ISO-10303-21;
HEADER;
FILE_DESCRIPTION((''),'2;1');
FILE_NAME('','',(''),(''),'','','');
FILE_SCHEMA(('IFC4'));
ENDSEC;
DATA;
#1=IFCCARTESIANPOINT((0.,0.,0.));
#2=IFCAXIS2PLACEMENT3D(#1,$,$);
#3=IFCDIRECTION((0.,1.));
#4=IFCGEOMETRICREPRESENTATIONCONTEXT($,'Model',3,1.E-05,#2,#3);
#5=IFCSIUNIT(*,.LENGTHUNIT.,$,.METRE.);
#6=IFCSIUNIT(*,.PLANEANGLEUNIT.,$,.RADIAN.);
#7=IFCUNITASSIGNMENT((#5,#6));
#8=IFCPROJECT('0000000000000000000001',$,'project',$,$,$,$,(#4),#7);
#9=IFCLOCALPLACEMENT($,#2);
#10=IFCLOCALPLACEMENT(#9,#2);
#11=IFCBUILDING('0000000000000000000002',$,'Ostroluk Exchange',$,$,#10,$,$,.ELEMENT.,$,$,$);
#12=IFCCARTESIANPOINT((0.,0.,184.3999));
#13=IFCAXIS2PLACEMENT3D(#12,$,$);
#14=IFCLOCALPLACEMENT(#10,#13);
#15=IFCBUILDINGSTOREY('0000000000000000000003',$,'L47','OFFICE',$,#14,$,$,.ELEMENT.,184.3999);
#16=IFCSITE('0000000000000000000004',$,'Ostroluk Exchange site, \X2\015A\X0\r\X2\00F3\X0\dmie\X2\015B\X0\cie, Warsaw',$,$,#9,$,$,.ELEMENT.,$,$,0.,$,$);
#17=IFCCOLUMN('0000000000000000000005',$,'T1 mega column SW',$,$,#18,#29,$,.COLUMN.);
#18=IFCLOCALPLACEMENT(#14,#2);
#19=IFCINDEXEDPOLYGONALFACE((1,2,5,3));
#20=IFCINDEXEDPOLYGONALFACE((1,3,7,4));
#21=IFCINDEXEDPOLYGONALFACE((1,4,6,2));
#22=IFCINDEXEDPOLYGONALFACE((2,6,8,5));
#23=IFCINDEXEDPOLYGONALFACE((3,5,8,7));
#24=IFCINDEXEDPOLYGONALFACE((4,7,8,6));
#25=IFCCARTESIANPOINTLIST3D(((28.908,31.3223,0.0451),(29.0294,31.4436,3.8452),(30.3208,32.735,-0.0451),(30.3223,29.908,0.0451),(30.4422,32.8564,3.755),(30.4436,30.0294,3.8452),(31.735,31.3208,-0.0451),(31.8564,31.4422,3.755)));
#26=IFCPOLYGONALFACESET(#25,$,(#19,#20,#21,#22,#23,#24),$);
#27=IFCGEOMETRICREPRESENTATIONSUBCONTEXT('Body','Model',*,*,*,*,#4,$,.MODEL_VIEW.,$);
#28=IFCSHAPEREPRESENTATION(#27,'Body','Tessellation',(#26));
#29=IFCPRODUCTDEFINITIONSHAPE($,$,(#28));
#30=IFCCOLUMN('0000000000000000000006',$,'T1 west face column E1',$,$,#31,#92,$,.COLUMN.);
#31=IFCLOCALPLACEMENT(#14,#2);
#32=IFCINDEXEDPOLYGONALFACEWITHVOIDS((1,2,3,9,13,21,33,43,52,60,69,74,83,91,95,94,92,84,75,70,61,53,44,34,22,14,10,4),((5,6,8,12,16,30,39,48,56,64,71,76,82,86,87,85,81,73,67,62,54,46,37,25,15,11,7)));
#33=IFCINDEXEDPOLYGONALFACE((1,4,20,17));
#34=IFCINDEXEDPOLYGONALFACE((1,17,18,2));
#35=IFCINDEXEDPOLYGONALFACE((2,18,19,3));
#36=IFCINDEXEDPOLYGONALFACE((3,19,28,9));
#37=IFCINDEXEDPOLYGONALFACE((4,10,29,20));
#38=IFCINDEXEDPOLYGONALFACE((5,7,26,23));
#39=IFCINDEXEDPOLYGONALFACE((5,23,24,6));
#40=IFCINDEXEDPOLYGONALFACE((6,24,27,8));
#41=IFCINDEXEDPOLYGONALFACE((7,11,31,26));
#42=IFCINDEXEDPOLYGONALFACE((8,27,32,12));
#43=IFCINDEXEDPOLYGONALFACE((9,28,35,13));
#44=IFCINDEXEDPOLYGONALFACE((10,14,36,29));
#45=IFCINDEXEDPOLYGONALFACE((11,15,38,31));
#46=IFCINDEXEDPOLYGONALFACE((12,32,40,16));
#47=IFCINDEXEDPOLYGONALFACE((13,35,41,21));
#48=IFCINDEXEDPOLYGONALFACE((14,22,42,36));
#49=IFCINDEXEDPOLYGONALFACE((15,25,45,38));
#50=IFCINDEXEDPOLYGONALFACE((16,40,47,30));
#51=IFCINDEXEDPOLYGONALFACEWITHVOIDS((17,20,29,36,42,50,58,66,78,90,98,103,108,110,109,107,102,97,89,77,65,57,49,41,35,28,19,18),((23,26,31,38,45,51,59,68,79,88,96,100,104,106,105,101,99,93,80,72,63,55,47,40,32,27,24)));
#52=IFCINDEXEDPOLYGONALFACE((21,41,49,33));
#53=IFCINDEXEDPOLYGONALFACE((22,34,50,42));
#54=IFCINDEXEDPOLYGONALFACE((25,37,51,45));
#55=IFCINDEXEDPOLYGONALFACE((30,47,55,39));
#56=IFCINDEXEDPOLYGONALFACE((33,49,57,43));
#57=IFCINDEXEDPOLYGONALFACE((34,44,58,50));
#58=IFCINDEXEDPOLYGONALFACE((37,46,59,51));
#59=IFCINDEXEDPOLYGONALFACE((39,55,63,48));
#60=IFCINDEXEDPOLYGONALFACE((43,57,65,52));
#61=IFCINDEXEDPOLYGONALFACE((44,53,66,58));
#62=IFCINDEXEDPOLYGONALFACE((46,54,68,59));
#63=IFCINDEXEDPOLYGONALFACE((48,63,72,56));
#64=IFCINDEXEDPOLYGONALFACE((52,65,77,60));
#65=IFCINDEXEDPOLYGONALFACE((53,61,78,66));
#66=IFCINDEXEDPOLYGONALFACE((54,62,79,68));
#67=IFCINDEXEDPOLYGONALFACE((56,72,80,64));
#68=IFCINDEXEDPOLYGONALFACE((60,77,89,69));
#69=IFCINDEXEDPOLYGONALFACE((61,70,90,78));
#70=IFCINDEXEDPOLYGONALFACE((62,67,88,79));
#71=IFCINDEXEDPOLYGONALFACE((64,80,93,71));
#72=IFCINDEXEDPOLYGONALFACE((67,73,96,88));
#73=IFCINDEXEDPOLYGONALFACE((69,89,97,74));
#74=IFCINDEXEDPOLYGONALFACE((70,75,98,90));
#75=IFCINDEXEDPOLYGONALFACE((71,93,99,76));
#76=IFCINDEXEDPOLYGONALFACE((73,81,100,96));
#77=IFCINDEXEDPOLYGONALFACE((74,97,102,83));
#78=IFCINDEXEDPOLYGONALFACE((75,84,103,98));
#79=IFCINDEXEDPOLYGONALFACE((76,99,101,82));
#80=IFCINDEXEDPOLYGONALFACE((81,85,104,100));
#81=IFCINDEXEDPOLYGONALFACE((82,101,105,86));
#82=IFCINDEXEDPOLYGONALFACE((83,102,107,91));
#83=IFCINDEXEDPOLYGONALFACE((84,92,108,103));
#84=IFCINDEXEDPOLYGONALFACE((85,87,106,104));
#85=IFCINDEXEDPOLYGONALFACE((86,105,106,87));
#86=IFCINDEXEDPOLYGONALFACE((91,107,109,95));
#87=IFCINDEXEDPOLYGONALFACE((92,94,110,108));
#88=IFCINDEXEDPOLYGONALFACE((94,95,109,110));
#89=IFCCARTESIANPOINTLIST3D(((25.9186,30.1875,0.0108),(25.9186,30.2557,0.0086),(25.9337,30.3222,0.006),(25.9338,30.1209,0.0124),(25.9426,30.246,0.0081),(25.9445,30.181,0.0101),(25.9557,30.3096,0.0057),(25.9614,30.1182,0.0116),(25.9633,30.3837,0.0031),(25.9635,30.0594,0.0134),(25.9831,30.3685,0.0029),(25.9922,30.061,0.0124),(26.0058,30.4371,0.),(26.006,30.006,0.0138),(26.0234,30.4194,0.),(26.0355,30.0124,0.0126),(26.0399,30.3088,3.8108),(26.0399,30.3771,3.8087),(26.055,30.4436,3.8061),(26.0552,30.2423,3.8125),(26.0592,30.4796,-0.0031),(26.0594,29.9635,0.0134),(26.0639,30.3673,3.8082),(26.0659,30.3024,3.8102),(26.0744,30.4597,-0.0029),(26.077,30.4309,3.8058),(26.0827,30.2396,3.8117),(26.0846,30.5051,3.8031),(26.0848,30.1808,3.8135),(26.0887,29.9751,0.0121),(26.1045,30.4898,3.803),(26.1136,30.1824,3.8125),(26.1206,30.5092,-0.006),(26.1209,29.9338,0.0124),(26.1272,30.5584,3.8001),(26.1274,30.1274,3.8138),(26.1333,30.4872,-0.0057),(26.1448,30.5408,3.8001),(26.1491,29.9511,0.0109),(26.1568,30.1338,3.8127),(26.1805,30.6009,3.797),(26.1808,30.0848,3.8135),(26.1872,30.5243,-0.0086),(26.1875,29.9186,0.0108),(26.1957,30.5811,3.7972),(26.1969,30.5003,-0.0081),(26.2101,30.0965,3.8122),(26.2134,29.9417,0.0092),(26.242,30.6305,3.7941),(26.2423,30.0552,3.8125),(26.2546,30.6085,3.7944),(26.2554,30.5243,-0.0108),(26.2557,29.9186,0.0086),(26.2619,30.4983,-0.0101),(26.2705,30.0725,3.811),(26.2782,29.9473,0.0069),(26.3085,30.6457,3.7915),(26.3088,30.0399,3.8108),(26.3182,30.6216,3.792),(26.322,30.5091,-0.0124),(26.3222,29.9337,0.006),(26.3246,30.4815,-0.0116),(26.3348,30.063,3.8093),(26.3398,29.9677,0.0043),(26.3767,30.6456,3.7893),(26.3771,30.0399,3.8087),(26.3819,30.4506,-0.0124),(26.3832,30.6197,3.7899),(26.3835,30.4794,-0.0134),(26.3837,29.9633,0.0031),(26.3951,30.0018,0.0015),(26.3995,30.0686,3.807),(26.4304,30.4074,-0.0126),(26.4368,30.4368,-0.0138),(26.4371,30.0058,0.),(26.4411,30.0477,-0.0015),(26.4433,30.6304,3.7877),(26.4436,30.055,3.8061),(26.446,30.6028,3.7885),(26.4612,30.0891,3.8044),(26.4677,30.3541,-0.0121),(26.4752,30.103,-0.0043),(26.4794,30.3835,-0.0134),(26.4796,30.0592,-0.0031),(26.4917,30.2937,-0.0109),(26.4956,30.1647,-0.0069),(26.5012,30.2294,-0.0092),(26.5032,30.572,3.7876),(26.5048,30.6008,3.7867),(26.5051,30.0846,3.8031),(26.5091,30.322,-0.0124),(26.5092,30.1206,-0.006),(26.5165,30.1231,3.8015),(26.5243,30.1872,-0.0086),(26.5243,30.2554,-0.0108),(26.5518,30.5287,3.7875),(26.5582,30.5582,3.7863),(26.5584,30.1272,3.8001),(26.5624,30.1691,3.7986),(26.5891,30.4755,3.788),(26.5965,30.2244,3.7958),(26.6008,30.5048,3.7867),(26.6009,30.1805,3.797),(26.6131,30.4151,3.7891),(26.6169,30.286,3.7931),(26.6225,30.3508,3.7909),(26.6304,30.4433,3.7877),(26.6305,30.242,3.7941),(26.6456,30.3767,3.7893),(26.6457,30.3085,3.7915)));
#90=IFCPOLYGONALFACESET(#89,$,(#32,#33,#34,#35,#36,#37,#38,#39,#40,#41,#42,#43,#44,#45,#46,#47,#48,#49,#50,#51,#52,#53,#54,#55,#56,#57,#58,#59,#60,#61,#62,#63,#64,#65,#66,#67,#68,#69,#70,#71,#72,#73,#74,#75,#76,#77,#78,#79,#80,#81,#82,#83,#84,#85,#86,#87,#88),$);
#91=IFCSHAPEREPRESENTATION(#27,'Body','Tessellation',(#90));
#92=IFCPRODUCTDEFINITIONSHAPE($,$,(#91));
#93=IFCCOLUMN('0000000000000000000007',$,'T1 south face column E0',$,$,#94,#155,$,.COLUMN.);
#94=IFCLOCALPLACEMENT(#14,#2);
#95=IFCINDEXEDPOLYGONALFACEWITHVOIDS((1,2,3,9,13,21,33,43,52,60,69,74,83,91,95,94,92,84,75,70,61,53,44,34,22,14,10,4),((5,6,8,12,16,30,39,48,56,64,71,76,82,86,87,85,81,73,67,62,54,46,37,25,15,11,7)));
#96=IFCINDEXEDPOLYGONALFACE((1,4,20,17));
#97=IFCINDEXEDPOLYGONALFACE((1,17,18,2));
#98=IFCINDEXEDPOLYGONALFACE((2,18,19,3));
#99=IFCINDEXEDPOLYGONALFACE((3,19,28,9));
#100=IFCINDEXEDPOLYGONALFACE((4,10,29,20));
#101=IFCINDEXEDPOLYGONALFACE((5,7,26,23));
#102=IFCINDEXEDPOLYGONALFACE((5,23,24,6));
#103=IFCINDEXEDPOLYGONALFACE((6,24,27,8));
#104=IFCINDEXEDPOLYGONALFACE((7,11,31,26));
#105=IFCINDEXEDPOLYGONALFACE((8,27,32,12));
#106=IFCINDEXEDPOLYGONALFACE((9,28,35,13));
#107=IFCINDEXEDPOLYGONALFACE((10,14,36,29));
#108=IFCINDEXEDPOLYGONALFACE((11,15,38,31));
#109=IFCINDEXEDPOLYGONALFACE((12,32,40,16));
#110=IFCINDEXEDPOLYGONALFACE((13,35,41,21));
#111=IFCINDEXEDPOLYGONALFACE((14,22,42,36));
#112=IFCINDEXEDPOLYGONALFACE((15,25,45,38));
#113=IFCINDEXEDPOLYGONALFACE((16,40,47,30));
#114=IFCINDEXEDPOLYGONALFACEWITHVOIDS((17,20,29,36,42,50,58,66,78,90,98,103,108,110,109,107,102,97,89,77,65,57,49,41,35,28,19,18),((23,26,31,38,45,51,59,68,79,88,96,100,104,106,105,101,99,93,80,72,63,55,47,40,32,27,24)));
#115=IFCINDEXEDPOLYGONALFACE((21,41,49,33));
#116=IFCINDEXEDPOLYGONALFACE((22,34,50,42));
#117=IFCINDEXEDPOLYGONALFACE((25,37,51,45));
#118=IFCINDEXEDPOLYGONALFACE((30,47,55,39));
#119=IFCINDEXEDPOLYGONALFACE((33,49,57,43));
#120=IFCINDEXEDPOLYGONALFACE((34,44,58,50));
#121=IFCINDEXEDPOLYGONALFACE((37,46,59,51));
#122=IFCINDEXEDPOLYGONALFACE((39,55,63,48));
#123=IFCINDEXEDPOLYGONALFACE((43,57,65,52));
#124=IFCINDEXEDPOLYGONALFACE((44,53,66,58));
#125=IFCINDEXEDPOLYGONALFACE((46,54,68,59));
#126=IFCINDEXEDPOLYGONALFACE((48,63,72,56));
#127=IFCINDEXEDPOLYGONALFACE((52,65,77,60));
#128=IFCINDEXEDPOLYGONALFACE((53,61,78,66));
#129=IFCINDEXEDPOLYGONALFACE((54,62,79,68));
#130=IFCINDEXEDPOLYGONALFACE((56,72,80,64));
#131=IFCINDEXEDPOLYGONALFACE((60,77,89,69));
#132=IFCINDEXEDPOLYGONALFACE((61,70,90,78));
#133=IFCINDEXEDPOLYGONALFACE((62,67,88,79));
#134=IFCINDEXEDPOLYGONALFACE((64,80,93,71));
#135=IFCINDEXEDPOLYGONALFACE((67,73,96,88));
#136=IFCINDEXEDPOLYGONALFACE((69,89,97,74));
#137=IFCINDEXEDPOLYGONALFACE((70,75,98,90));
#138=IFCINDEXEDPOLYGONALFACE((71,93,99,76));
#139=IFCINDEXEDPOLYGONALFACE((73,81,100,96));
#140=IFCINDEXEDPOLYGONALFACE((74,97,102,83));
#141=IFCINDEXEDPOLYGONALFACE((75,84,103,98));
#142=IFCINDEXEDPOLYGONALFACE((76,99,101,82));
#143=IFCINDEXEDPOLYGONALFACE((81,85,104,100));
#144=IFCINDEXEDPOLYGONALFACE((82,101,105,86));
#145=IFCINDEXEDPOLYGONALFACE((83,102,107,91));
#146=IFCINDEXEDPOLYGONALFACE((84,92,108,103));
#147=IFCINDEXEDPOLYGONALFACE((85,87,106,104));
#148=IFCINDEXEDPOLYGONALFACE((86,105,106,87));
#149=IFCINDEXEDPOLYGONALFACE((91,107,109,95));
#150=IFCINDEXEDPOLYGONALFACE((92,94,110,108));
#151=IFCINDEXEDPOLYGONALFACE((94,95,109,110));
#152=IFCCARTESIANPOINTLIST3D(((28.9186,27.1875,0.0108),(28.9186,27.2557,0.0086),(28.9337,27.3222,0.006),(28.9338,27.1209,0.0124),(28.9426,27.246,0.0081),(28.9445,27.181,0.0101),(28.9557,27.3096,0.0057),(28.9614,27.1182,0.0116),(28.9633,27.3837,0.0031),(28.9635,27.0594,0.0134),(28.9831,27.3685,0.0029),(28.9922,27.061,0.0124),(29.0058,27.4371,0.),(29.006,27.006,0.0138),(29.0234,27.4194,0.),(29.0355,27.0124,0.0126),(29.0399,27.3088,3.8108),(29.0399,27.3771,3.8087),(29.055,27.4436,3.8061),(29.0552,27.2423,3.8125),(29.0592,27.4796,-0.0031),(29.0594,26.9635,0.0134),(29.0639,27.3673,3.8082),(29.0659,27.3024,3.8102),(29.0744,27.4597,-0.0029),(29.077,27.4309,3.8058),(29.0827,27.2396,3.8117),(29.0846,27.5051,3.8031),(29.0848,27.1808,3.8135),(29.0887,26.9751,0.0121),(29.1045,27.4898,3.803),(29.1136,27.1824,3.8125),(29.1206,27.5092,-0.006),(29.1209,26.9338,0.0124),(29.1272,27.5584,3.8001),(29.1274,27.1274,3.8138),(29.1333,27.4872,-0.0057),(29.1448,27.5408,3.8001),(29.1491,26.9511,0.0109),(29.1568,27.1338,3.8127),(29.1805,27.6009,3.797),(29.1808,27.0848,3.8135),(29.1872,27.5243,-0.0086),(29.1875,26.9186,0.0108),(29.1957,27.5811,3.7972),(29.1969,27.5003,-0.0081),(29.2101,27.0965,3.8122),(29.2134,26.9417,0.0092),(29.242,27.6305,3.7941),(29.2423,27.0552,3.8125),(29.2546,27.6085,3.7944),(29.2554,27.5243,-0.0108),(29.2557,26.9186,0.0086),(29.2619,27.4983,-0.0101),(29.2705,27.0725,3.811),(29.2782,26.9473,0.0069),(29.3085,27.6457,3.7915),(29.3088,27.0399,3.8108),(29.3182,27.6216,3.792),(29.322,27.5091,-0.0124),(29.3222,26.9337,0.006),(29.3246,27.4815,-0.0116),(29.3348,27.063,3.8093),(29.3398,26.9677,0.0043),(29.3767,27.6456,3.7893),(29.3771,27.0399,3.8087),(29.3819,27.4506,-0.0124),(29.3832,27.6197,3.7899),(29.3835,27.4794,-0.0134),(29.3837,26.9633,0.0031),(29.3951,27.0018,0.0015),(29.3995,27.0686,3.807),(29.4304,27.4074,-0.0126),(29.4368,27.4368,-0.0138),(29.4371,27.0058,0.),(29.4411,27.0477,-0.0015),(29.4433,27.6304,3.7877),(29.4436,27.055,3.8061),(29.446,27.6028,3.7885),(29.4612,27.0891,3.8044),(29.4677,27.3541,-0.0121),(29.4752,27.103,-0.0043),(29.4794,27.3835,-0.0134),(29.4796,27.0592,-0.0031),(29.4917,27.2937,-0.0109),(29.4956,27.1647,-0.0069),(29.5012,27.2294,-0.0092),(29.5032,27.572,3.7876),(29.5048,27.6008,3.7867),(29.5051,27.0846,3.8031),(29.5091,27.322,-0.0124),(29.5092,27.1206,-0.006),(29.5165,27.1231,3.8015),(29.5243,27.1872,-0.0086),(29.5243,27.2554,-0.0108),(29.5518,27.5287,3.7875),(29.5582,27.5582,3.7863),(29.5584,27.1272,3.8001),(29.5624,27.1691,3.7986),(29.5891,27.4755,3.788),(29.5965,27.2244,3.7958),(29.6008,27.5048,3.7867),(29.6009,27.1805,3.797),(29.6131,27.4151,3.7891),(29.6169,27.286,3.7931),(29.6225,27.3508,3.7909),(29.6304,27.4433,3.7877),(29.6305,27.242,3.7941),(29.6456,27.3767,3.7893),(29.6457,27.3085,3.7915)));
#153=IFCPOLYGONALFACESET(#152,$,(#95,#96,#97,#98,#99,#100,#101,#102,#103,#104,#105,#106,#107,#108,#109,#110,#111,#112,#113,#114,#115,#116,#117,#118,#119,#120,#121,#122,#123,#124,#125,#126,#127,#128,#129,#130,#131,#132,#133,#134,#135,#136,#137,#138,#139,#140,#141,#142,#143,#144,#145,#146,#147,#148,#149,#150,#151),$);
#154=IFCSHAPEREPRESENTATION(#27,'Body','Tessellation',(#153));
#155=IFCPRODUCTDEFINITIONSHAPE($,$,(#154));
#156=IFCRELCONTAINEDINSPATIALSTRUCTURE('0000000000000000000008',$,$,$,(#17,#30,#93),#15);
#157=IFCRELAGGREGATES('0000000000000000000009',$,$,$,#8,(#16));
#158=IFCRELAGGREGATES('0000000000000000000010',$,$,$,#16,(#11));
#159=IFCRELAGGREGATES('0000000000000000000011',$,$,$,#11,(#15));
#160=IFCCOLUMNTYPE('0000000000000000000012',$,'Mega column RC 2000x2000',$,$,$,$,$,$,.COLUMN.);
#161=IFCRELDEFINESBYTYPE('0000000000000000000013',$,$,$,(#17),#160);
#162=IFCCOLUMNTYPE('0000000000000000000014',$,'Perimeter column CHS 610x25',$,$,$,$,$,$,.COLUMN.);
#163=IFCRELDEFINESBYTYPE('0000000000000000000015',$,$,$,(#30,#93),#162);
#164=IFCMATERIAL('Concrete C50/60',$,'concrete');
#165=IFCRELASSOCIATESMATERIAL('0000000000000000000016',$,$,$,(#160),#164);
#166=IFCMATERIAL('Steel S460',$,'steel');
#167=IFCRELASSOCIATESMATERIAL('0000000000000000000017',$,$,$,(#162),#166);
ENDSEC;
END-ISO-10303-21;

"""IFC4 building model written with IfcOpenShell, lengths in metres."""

from ifc_helpers import new_model, si_unit, direction, frame, origin, origin_2d, place, context, subcontext, project, spatial, rectangle, hollow_circle, extrude, material, material_profile, profile_set, type_object, element, save


model = new_model("IFC4")

# Units and contexts
model_context = context("Model", 3, precision=1e-05, world=origin(), true_north=direction((0.0, 1.0)))
body_context = subcontext(model_context, "Body", "Model", "MODEL_VIEW")
ifc_project = project(units=[si_unit("LENGTHUNIT", "METRE"), si_unit("PLANEANGLEUNIT", "RADIAN")], contexts=[model_context])

# Site, building, storey
site_placement = place(None, origin())
site = spatial("IfcSite", under=ifc_project, at=site_placement, Name="Ostroluk Exchange site, Śródmieście, Warsaw", CompositionType="ELEMENT", RefElevation=0.0)
building_placement = place(site_placement, origin())
building = spatial("IfcBuilding", under=site, at=building_placement, Name="Ostroluk Exchange", CompositionType="ELEMENT")
storey_placement = place(building_placement, frame((0.0, 0.0, 184.3999)))
storey = spatial("IfcBuildingStorey", under=building, at=storey_placement, Name="L47", Description="OFFICE", CompositionType="ELEMENT", Elevation=184.3999)

# Columns
ifc_material_1 = material(Name="Concrete C50/60", Category="concrete")
ifc_material_profile_1 = material_profile(ifc_material_1, rectangle(XDim=2.0, YDim=2.0, at=origin_2d()), Name="RC 2000x2000")
ifc_profile_set_1 = profile_set([ifc_material_profile_1], Name="Concrete C50/60")
column_type_1 = type_object("IfcColumnType", Name="Mega column RC 2000x2000", PredefinedType="COLUMN", material=ifc_profile_set_1)
column_1_placement = place(storey_placement, frame((30.3215, 31.3215, 0.0), z_axis=(0.031898, 0.031898, 0.998982), x_axis=(-0.707107, 0.707107, 0.0)))
element("IfcColumn", 1, at=column_1_placement, inside=storey, type_object=column_type_1, Name="T1 mega column SW", PredefinedType="COLUMN", context=body_context, shape_type="SweptSolid", body=[
    extrude(rectangle(XDim=2.0, YDim=2.0, at=origin_2d()), origin(), (0.0, 0.0, 1.0), 3.804),
])
ifc_material_2 = material(Name="Steel S460", Category="steel")
ifc_material_profile_2 = material_profile(ifc_material_2, hollow_circle(Radius=0.3049, WallThickness=0.0249, at=origin_2d()), Name="CHS 610x25")
ifc_profile_set_2 = profile_set([ifc_material_profile_2], Name="Steel S460")
column_type_2 = type_object("IfcColumnType", Name="Perimeter column CHS 610x25", PredefinedType="COLUMN", material=ifc_profile_set_2)
for number, where, z_axis, x_axis, name in (
    (2, (26.2214, 30.2214, 0.0), (0.031898, 0.031898, 0.998982), (-0.707107, 0.707107, 0.0), "T1 west face column E1"),
    (3, (29.2214, 27.2214, 0.0), (0.031898, 0.031898, 0.998982), (-0.707107, 0.707107, 0.0), "T1 south face column E0"),
):
    element("IfcColumn", number, at=place(storey_placement, frame(where, z_axis=z_axis, x_axis=x_axis)), inside=storey, type_object=column_type_2, Name=name, PredefinedType="COLUMN", context=body_context, shape_type="SweptSolid", body=[
        extrude(hollow_circle(Radius=0.3049, WallThickness=0.0249, at=origin_2d()), origin(), (0.0, 0.0, 1.0), 3.804),
    ])

save(model, "model.ifc")
